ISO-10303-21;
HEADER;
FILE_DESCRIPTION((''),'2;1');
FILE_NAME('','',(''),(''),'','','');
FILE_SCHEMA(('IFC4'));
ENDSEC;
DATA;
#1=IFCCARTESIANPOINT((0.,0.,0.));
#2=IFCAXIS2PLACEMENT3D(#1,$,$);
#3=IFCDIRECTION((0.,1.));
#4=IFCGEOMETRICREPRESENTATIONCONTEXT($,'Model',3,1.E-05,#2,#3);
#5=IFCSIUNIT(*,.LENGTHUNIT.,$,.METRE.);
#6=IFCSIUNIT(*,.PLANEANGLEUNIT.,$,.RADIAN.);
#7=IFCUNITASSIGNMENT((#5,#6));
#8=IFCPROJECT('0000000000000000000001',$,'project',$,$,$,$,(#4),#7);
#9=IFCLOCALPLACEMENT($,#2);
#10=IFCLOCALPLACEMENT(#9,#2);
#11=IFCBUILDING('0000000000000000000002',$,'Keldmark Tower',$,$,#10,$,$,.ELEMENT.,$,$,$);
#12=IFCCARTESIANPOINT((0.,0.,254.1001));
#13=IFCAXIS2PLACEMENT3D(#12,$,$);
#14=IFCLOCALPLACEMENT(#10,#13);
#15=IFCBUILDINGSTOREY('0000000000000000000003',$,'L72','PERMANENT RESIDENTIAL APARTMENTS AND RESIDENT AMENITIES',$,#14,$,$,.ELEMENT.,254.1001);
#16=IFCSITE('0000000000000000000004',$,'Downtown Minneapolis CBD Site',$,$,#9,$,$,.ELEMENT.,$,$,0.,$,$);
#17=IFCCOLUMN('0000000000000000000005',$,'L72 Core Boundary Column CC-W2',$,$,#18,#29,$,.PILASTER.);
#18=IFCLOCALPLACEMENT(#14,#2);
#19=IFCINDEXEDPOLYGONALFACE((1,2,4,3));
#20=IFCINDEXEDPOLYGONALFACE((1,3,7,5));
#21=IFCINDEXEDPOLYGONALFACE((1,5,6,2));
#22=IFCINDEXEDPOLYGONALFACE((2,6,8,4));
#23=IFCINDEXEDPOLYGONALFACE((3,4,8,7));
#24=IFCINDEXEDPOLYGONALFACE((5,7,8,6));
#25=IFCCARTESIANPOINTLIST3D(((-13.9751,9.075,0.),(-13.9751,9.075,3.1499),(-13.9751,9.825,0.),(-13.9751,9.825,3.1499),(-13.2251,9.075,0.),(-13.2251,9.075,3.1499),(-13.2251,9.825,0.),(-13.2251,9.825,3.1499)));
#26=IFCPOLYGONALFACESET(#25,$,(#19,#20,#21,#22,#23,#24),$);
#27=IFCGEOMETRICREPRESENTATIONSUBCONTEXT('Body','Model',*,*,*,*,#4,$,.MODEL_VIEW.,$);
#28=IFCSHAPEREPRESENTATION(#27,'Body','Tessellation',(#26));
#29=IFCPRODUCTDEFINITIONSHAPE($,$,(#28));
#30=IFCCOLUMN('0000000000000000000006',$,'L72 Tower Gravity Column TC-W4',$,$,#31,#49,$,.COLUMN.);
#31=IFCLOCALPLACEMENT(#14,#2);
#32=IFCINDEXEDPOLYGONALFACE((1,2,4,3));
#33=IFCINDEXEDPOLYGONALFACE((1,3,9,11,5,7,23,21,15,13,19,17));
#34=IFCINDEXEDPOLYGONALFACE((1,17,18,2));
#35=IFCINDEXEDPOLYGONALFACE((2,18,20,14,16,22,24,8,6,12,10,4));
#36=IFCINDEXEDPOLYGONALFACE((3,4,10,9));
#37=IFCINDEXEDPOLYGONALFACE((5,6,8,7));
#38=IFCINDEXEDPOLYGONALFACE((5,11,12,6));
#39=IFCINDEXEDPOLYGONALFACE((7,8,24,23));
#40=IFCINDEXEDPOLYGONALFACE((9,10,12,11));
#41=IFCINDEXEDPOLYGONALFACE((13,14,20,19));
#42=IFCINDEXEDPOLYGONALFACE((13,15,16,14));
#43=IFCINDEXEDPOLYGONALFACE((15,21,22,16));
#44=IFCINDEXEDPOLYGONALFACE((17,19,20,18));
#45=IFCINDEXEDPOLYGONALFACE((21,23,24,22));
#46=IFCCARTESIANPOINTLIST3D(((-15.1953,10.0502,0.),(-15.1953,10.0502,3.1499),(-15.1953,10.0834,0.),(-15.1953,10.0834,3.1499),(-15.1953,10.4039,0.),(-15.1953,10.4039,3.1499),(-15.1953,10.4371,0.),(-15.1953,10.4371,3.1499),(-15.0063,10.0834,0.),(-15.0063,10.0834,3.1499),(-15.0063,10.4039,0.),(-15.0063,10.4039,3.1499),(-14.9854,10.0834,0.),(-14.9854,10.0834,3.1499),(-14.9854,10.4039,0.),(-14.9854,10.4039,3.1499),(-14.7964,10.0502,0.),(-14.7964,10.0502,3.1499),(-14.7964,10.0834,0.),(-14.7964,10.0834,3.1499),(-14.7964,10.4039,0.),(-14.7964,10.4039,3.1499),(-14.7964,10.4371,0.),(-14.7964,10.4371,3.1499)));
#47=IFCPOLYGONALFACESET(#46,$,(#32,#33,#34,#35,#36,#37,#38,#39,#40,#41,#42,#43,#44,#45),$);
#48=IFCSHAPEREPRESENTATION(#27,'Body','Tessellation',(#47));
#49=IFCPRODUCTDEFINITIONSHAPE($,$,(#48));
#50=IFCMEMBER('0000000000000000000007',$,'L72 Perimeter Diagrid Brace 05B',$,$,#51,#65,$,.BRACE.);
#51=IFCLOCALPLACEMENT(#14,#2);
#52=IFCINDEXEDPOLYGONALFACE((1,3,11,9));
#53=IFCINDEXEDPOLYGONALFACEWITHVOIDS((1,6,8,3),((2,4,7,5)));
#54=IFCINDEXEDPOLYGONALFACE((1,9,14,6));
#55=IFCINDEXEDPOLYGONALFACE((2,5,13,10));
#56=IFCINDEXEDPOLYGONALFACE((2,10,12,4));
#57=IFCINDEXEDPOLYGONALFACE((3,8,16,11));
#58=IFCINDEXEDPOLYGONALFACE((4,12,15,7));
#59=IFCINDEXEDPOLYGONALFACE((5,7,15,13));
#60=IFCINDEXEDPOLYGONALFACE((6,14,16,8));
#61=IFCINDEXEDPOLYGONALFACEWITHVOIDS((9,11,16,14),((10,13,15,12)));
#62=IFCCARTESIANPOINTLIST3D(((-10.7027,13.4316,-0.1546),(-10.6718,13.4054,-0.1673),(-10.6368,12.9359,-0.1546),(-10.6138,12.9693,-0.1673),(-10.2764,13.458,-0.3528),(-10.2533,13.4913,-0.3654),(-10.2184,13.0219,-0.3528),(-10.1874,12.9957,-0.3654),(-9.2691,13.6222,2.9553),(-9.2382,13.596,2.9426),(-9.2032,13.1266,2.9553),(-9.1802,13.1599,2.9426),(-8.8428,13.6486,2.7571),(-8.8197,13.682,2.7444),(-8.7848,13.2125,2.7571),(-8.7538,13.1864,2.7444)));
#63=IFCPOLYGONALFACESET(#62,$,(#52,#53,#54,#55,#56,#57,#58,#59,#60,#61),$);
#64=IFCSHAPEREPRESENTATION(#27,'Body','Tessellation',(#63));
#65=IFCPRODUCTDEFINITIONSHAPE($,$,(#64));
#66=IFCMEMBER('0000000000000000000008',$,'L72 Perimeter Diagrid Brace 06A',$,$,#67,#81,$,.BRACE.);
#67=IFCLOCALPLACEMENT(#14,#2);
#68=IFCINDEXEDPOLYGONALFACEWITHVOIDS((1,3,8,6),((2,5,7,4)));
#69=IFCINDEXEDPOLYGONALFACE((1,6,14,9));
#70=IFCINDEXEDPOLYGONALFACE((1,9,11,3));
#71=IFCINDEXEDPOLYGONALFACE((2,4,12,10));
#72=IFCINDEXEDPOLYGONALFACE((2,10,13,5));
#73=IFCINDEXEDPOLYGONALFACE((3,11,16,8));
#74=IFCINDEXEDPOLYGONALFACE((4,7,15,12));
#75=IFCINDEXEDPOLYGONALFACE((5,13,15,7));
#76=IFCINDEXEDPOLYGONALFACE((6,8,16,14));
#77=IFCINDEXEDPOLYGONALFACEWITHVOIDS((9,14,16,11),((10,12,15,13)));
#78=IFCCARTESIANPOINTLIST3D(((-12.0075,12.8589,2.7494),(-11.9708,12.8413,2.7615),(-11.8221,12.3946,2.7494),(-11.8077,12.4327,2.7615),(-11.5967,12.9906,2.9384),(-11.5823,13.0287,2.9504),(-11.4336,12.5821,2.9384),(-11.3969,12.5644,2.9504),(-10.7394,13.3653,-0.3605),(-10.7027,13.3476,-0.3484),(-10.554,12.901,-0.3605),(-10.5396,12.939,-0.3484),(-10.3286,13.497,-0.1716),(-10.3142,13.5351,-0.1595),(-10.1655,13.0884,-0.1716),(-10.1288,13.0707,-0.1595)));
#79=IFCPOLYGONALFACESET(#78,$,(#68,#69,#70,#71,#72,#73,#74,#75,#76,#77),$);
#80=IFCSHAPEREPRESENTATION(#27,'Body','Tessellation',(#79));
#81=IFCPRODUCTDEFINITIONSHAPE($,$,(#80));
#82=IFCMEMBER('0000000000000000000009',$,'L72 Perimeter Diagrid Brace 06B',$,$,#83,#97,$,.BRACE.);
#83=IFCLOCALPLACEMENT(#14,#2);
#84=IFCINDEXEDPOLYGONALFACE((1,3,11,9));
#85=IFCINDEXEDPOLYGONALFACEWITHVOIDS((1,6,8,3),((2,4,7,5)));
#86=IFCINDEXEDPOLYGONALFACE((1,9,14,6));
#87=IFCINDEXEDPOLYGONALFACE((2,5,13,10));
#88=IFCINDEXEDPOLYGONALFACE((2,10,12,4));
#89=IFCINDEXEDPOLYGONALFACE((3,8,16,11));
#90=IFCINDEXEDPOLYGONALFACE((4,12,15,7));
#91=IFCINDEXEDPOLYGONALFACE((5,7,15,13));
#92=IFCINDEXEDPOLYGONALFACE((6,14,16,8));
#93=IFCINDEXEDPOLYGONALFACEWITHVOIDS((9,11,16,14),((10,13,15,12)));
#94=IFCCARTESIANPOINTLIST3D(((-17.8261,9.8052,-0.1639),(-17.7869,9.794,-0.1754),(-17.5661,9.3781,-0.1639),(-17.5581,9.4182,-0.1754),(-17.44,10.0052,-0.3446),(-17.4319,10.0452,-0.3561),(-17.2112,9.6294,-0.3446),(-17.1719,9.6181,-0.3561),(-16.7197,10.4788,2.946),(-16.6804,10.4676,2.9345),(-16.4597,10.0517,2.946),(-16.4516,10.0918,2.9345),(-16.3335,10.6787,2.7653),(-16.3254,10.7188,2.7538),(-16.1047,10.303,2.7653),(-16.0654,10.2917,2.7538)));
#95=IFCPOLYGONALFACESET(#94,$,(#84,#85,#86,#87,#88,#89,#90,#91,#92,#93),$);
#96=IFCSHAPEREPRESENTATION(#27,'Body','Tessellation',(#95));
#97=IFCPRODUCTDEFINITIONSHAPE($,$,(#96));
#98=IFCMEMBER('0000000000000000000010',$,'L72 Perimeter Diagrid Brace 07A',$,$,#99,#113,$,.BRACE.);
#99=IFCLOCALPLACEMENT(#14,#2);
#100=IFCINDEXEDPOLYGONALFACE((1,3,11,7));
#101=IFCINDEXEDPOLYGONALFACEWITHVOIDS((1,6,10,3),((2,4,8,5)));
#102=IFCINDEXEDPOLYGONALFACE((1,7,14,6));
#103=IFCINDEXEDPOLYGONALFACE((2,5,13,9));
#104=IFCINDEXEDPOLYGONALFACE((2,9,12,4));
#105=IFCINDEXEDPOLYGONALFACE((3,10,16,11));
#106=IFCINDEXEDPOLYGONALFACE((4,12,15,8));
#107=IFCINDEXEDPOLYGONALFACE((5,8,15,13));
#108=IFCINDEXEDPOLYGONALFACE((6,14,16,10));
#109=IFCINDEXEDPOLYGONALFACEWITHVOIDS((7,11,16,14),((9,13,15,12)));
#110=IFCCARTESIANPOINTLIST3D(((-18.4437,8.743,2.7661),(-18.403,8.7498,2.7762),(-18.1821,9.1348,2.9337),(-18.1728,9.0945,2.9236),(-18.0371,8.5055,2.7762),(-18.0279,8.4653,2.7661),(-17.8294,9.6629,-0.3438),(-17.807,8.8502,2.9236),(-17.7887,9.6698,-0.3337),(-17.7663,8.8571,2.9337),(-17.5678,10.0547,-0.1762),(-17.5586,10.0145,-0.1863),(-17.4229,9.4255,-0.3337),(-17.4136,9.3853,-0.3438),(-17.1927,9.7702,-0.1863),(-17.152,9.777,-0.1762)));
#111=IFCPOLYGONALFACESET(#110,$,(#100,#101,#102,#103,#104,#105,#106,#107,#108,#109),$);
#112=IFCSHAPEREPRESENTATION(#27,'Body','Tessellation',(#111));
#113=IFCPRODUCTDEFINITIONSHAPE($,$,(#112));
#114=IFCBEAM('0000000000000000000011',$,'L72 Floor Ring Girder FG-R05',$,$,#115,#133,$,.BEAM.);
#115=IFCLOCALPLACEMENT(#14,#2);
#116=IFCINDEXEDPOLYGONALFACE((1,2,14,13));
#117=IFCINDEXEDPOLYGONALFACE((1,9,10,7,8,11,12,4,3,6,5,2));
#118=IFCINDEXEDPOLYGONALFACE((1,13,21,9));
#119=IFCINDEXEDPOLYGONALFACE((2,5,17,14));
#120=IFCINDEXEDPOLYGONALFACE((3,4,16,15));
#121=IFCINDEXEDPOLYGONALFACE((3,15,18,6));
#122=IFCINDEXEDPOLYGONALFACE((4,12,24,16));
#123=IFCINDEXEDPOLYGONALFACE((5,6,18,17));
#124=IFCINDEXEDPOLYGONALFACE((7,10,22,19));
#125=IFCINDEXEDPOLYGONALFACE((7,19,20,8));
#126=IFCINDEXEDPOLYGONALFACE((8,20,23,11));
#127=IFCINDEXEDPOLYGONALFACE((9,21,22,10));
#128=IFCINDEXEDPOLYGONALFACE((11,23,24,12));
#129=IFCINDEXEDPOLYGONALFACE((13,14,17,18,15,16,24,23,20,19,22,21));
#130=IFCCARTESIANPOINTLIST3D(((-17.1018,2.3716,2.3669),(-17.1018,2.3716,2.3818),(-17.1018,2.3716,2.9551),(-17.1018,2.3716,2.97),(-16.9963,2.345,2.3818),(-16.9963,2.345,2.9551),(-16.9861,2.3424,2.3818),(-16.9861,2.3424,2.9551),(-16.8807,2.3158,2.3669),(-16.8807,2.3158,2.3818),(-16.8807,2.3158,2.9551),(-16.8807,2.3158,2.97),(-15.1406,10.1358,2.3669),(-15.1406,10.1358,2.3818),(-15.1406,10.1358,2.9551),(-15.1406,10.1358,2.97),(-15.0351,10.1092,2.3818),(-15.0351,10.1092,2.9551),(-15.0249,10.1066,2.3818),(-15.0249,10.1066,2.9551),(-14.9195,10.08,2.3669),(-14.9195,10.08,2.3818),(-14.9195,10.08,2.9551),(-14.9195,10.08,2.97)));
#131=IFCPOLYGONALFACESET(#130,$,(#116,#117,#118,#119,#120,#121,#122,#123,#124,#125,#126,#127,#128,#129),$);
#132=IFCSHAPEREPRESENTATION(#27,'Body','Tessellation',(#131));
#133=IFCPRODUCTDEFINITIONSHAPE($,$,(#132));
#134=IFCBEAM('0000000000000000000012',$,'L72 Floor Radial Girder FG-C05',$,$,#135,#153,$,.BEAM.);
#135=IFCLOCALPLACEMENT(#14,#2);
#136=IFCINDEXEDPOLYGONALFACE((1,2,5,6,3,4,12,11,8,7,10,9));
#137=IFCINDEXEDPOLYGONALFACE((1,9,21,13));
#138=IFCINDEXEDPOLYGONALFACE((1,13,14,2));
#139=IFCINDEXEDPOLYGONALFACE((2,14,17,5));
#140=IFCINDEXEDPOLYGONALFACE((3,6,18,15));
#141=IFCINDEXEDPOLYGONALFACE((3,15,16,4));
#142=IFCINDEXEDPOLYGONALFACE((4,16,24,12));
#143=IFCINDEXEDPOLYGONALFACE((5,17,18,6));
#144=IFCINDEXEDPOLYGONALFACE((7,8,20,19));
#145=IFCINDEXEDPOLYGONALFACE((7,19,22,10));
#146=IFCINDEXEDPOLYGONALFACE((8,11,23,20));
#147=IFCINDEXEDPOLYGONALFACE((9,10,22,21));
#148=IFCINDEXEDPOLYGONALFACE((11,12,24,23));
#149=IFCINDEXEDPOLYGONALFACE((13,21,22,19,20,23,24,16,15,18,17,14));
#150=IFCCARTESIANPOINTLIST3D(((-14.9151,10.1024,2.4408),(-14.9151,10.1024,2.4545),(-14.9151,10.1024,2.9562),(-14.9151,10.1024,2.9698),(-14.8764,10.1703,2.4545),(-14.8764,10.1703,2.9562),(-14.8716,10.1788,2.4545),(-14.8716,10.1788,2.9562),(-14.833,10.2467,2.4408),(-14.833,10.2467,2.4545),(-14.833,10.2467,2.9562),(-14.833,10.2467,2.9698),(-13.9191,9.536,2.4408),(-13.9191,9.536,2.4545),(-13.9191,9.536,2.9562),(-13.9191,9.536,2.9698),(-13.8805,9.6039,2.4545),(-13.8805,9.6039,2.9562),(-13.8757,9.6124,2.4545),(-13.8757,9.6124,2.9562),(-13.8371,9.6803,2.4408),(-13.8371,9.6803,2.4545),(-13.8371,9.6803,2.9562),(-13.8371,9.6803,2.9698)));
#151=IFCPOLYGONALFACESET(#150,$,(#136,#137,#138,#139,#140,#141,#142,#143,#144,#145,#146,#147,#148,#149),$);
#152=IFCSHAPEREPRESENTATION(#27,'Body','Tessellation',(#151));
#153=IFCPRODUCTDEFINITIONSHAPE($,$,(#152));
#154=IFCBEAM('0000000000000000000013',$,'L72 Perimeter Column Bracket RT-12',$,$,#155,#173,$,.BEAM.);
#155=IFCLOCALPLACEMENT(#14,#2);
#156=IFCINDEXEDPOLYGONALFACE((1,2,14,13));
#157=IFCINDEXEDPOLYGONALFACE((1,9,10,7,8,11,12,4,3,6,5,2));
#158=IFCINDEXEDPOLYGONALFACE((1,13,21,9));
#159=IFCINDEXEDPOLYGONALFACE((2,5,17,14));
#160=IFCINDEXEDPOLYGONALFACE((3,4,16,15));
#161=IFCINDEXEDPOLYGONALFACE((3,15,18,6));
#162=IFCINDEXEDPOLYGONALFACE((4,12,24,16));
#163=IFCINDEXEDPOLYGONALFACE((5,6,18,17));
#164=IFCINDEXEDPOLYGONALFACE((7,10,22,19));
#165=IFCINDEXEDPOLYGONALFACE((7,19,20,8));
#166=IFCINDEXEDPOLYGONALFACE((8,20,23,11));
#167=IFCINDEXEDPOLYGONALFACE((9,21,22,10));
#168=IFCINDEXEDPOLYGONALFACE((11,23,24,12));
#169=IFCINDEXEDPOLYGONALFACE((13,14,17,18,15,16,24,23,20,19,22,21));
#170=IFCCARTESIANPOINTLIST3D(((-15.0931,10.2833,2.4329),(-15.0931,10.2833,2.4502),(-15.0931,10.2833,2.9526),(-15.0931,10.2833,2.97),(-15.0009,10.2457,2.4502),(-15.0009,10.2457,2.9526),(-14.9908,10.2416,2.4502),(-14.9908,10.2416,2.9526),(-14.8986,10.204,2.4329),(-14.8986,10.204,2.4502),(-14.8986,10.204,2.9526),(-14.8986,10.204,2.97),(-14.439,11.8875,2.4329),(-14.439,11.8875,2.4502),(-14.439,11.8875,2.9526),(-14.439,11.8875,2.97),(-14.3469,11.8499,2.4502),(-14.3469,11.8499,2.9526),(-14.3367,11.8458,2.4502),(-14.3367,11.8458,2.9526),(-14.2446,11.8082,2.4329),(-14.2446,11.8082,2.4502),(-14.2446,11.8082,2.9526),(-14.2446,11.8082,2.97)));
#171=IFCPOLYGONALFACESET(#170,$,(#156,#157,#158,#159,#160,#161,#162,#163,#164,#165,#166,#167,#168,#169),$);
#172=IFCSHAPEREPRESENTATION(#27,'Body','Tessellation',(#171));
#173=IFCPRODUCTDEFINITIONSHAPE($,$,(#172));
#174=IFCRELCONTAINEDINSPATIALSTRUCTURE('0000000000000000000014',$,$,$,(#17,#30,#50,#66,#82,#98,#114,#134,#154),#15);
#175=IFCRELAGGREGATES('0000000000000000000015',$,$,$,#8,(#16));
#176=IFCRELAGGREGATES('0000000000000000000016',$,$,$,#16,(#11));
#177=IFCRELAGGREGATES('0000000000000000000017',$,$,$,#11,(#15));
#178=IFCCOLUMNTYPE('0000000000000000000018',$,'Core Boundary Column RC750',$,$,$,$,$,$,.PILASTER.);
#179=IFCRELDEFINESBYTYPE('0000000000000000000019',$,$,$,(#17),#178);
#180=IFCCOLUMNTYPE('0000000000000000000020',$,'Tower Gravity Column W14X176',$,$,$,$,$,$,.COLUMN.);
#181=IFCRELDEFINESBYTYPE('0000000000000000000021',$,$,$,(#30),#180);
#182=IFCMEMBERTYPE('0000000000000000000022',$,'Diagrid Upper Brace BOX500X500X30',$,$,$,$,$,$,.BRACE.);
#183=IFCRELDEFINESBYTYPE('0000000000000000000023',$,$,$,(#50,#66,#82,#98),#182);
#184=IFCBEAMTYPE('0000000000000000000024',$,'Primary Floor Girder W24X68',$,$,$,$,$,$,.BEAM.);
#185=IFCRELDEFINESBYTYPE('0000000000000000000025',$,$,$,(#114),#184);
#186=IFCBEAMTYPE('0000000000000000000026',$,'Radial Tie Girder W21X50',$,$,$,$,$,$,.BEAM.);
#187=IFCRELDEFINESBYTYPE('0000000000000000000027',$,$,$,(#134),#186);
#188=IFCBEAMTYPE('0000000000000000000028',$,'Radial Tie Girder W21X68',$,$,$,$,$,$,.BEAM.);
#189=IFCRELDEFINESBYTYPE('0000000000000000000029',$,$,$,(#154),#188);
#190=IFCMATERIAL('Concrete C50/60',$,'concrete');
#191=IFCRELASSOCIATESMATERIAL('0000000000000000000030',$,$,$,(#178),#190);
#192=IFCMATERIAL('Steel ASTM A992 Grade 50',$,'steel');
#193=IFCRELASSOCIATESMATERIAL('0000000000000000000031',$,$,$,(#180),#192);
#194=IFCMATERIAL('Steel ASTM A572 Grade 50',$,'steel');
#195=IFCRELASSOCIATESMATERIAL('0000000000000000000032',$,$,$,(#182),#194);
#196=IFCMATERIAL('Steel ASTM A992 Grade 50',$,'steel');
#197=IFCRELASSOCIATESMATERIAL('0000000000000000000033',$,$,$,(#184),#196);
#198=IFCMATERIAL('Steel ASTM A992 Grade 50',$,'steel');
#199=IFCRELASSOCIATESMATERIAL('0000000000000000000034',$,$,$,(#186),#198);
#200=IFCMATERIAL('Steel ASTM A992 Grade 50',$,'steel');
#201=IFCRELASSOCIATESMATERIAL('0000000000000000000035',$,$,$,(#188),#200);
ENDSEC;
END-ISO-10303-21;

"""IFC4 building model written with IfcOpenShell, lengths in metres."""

from ifc_helpers import new_model, si_unit, direction, frame, origin, origin_2d, place, context, subcontext, project, spatial, rectangle, hollow_rectangle, i_section, extrude, material, material_profile, profile_set, type_object, element, save


model = new_model("IFC4")

# Units and contexts
model_context = context("Model", 3, precision=1e-05, world=origin(), true_north=direction((0.0, 1.0)))
body_context = subcontext(model_context, "Body", "Model", "MODEL_VIEW")
ifc_project = project(units=[si_unit("LENGTHUNIT", "METRE"), si_unit("PLANEANGLEUNIT", "RADIAN")], contexts=[model_context])

# Site, building, storey
site_placement = place(None, origin())
site = spatial("IfcSite", under=ifc_project, at=site_placement, Name="Downtown Minneapolis CBD Site", CompositionType="ELEMENT", RefElevation=0.0)
building_placement = place(site_placement, origin())
building = spatial("IfcBuilding", under=site, at=building_placement, Name="Keldmark Tower", CompositionType="ELEMENT")
storey_placement = place(building_placement, frame((0.0, 0.0, 254.1001)))
storey = spatial("IfcBuildingStorey", under=building, at=storey_placement, Name="L72", Description="PERMANENT RESIDENTIAL APARTMENTS AND RESIDENT AMENITIES", CompositionType="ELEMENT", Elevation=254.1001)

# Columns
ifc_material_1 = material(Name="Concrete C50/60", Category="concrete")
ifc_material_profile_1 = material_profile(ifc_material_1, rectangle(XDim=0.75, YDim=0.75, at=origin_2d()), Name="RC750X750")
ifc_profile_set_1 = profile_set([ifc_material_profile_1], Name="Concrete C50/60")
column_type_1 = type_object("IfcColumnType", Name="Core Boundary Column RC750", PredefinedType="PILASTER", material=ifc_profile_set_1)
column_1_placement = place(storey_placement, frame((-13.6001, 9.45, 0.0), z_axis=(0.0, 0.0, 1.0), x_axis=(1.0, 0.0, 0.0)))
element("IfcColumn", 1, at=column_1_placement, inside=storey, type_object=column_type_1, Name="L72 Core Boundary Column CC-W2", PredefinedType="PILASTER", context=body_context, shape_type="SweptSolid", body=[
    extrude(rectangle(XDim=0.75, YDim=0.75, at=origin_2d()), origin(), (0.0, 0.0, 1.0), 3.1499),
])
ifc_material_2 = material(Name="Steel ASTM A992 Grade 50", Category="steel")
ifc_material_profile_2 = material_profile(ifc_material_2, i_section(OverallWidth=0.3989, OverallDepth=0.387, WebThickness=0.021, FlangeThickness=0.0332, at=origin_2d()), Name="W14X176")
ifc_profile_set_2 = profile_set([ifc_material_profile_2], Name="Steel ASTM A992 Grade 50")
column_type_2 = type_object("IfcColumnType", Name="Tower Gravity Column W14X176", PredefinedType="COLUMN", material=ifc_profile_set_2)
column_2_placement = place(storey_placement, frame((-14.9958, 10.2437, 0.0), z_axis=(0.0, 0.0, 1.0), x_axis=(1.0, 0.0, 0.0)))
element("IfcColumn", 2, at=column_2_placement, inside=storey, type_object=column_type_2, Name="L72 Tower Gravity Column TC-W4", PredefinedType="COLUMN", context=body_context, shape_type="SweptSolid", body=[
    extrude(i_section(OverallWidth=0.3989, OverallDepth=0.387, WebThickness=0.021, FlangeThickness=0.0332, at=origin_2d()), origin(), (0.0, 0.0, 1.0), 3.1499),
])

# Members
ifc_material_3 = material(Name="Steel ASTM A572 Grade 50", Category="steel")
ifc_material_profile_3 = material_profile(ifc_material_3, hollow_rectangle(XDim=0.5, YDim=0.5, WallThickness=0.03, at=origin_2d()), Name="BOX500X500X30")
ifc_profile_set_3 = profile_set([ifc_material_profile_3], Name="Steel ASTM A572 Grade 50")
member_type = type_object("IfcMemberType", Name="Diagrid Upper Brace BOX500X500X30", PredefinedType="BRACE", material=ifc_profile_set_3)
member_1_placement = place(storey_placement, frame((-10.4451, 13.2136, -0.26), z_axis=(0.417995, 0.055595, 0.906747), x_axis=(-0.131843, 0.991271, 0.0)))
element("IfcMember", 3, at=member_1_placement, inside=storey, type_object=member_type, Name="L72 Perimeter Diagrid Brace 05B", PredefinedType="BRACE", context=body_context, shape_type="SweptSolid", body=[
    extrude(hollow_rectangle(XDim=0.5, YDim=0.5, WallThickness=0.03, at=origin_2d()), origin(), (0.0, 0.0, 1.0), 3.4297),
])
member_2_placement = place(storey_placement, frame((-10.4341, 13.218, -0.26), z_axis=(-0.373354, -0.149083, 0.915631), x_axis=(0.370836, -0.928698, 0.0)))
element("IfcMember", 4, at=member_2_placement, inside=storey, type_object=member_type, Name="L72 Perimeter Diagrid Brace 06A", PredefinedType="BRACE", context=body_context, shape_type="SweptSolid", body=[
    extrude(hollow_rectangle(XDim=0.5, YDim=0.5, WallThickness=0.03, at=origin_2d()), origin(), (0.0, 0.0, 1.0), 3.3965),
])
member_3_placement = place(storey_placement, frame((-17.499, 9.7117, -0.26), z_axis=(0.328434, 0.199944, 0.923122), x_axis=(-0.520001, 0.854166, 0.0)))
element("IfcMember", 5, at=member_3_placement, inside=storey, type_object=member_type, Name="L72 Perimeter Diagrid Brace 06B", PredefinedType="BRACE", context=body_context, shape_type="SweptSolid", body=[
    extrude(hollow_rectangle(XDim=0.5, YDim=0.5, WallThickness=0.03, at=origin_2d()), origin(), (0.0, 0.0, 1.0), 3.3689),
])
member_4_placement = place(storey_placement, frame((-17.4907, 9.72, -0.26), z_axis=(-0.186098, -0.278703, 0.942174), x_axis=(0.831643, -0.555311, 0.0)))
element("IfcMember", 6, at=member_4_placement, inside=storey, type_object=member_type, Name="L72 Perimeter Diagrid Brace 07A", PredefinedType="BRACE", context=body_context, shape_type="SweptSolid", body=[
    extrude(hollow_rectangle(XDim=0.5, YDim=0.5, WallThickness=0.03, at=origin_2d()), origin(), (0.0, 0.0, 1.0), 3.3008),
])

# Beams
ifc_material_4 = material(Name="Steel ASTM A992 Grade 50", Category="steel")
ifc_material_profile_4 = material_profile(ifc_material_4, i_section(OverallWidth=0.228, OverallDepth=0.603, WebThickness=0.0105, FlangeThickness=0.0149, at=origin_2d()), Name="W24X68")
ifc_profile_set_4 = profile_set([ifc_material_profile_4], Name="Steel ASTM A992 Grade 50")
beam_type_1 = type_object("IfcBeamType", Name="Primary Floor Girder W24X68", PredefinedType="BEAM", material=ifc_profile_set_4)
beam_1_placement = place(storey_placement, frame((-15.03, 10.1079, 2.6685), z_axis=(-0.244902, -0.969548, 0.0), x_axis=(0.969548, -0.244902, 0.0)))
element("IfcBeam", 7, at=beam_1_placement, inside=storey, type_object=beam_type_1, Name="L72 Floor Ring Girder FG-R05", PredefinedType="BEAM", context=body_context, shape_type="SweptSolid", body=[
    extrude(i_section(OverallWidth=0.228, OverallDepth=0.603, WebThickness=0.0105, FlangeThickness=0.0149, at=origin_2d()), origin(), (0.0, 0.0, 1.0), 8.0081),
])
ifc_material_5 = material(Name="Steel ASTM A992 Grade 50", Category="steel")
ifc_material_profile_5 = material_profile(ifc_material_5, i_section(OverallWidth=0.166, OverallDepth=0.5291, WebThickness=0.0098, FlangeThickness=0.0137, at=origin_2d()), Name="W21X50")
ifc_profile_set_5 = profile_set([ifc_material_profile_5], Name="Steel ASTM A992 Grade 50")
beam_type_2 = type_object("IfcBeamType", Name="Radial Tie Girder W21X50", PredefinedType="BEAM", material=ifc_profile_set_5)
beam_2_placement = place(storey_placement, frame((-14.874, 10.1746, 2.7053), z_axis=(0.869238, -0.494394, 0.0), x_axis=(0.494394, 0.869238, 0.0)))
element("IfcBeam", 8, at=beam_2_placement, inside=storey, type_object=beam_type_2, Name="L72 Floor Radial Girder FG-C05", PredefinedType="BEAM", context=body_context, shape_type="SweptSolid", body=[
    extrude(i_section(OverallWidth=0.166, OverallDepth=0.5291, WebThickness=0.0098, FlangeThickness=0.0137, at=origin_2d()), origin(), (0.0, 0.0, 1.0), 1.1458),
])
ifc_material_6 = material(Name="Steel ASTM A992 Grade 50", Category="steel")
ifc_material_profile_6 = material_profile(ifc_material_6, i_section(OverallWidth=0.21, OverallDepth=0.5371, WebThickness=0.011, FlangeThickness=0.0173, at=origin_2d()), Name="W21X68")
ifc_profile_set_6 = profile_set([ifc_material_profile_6], Name="Steel ASTM A992 Grade 50")
beam_type_3 = type_object("IfcBeamType", Name="Radial Tie Girder W21X68", PredefinedType="BEAM", material=ifc_profile_set_6)
beam_3_placement = place(storey_placement, frame((-14.9958, 10.2437, 2.7014), z_axis=(0.37753, 0.925997, 0.0), x_axis=(-0.925997, 0.37753, 0.0)))
element("IfcBeam", 9, at=beam_3_placement, inside=storey, type_object=beam_type_3, Name="L72 Perimeter Column Bracket RT-12", PredefinedType="BEAM", context=body_context, shape_type="SweptSolid", body=[
    extrude(i_section(OverallWidth=0.21, OverallDepth=0.5371, WebThickness=0.011, FlangeThickness=0.0173, at=origin_2d()), origin(), (0.0, 0.0, 1.0), 1.7324),
])

save(model, "model.ifc")
